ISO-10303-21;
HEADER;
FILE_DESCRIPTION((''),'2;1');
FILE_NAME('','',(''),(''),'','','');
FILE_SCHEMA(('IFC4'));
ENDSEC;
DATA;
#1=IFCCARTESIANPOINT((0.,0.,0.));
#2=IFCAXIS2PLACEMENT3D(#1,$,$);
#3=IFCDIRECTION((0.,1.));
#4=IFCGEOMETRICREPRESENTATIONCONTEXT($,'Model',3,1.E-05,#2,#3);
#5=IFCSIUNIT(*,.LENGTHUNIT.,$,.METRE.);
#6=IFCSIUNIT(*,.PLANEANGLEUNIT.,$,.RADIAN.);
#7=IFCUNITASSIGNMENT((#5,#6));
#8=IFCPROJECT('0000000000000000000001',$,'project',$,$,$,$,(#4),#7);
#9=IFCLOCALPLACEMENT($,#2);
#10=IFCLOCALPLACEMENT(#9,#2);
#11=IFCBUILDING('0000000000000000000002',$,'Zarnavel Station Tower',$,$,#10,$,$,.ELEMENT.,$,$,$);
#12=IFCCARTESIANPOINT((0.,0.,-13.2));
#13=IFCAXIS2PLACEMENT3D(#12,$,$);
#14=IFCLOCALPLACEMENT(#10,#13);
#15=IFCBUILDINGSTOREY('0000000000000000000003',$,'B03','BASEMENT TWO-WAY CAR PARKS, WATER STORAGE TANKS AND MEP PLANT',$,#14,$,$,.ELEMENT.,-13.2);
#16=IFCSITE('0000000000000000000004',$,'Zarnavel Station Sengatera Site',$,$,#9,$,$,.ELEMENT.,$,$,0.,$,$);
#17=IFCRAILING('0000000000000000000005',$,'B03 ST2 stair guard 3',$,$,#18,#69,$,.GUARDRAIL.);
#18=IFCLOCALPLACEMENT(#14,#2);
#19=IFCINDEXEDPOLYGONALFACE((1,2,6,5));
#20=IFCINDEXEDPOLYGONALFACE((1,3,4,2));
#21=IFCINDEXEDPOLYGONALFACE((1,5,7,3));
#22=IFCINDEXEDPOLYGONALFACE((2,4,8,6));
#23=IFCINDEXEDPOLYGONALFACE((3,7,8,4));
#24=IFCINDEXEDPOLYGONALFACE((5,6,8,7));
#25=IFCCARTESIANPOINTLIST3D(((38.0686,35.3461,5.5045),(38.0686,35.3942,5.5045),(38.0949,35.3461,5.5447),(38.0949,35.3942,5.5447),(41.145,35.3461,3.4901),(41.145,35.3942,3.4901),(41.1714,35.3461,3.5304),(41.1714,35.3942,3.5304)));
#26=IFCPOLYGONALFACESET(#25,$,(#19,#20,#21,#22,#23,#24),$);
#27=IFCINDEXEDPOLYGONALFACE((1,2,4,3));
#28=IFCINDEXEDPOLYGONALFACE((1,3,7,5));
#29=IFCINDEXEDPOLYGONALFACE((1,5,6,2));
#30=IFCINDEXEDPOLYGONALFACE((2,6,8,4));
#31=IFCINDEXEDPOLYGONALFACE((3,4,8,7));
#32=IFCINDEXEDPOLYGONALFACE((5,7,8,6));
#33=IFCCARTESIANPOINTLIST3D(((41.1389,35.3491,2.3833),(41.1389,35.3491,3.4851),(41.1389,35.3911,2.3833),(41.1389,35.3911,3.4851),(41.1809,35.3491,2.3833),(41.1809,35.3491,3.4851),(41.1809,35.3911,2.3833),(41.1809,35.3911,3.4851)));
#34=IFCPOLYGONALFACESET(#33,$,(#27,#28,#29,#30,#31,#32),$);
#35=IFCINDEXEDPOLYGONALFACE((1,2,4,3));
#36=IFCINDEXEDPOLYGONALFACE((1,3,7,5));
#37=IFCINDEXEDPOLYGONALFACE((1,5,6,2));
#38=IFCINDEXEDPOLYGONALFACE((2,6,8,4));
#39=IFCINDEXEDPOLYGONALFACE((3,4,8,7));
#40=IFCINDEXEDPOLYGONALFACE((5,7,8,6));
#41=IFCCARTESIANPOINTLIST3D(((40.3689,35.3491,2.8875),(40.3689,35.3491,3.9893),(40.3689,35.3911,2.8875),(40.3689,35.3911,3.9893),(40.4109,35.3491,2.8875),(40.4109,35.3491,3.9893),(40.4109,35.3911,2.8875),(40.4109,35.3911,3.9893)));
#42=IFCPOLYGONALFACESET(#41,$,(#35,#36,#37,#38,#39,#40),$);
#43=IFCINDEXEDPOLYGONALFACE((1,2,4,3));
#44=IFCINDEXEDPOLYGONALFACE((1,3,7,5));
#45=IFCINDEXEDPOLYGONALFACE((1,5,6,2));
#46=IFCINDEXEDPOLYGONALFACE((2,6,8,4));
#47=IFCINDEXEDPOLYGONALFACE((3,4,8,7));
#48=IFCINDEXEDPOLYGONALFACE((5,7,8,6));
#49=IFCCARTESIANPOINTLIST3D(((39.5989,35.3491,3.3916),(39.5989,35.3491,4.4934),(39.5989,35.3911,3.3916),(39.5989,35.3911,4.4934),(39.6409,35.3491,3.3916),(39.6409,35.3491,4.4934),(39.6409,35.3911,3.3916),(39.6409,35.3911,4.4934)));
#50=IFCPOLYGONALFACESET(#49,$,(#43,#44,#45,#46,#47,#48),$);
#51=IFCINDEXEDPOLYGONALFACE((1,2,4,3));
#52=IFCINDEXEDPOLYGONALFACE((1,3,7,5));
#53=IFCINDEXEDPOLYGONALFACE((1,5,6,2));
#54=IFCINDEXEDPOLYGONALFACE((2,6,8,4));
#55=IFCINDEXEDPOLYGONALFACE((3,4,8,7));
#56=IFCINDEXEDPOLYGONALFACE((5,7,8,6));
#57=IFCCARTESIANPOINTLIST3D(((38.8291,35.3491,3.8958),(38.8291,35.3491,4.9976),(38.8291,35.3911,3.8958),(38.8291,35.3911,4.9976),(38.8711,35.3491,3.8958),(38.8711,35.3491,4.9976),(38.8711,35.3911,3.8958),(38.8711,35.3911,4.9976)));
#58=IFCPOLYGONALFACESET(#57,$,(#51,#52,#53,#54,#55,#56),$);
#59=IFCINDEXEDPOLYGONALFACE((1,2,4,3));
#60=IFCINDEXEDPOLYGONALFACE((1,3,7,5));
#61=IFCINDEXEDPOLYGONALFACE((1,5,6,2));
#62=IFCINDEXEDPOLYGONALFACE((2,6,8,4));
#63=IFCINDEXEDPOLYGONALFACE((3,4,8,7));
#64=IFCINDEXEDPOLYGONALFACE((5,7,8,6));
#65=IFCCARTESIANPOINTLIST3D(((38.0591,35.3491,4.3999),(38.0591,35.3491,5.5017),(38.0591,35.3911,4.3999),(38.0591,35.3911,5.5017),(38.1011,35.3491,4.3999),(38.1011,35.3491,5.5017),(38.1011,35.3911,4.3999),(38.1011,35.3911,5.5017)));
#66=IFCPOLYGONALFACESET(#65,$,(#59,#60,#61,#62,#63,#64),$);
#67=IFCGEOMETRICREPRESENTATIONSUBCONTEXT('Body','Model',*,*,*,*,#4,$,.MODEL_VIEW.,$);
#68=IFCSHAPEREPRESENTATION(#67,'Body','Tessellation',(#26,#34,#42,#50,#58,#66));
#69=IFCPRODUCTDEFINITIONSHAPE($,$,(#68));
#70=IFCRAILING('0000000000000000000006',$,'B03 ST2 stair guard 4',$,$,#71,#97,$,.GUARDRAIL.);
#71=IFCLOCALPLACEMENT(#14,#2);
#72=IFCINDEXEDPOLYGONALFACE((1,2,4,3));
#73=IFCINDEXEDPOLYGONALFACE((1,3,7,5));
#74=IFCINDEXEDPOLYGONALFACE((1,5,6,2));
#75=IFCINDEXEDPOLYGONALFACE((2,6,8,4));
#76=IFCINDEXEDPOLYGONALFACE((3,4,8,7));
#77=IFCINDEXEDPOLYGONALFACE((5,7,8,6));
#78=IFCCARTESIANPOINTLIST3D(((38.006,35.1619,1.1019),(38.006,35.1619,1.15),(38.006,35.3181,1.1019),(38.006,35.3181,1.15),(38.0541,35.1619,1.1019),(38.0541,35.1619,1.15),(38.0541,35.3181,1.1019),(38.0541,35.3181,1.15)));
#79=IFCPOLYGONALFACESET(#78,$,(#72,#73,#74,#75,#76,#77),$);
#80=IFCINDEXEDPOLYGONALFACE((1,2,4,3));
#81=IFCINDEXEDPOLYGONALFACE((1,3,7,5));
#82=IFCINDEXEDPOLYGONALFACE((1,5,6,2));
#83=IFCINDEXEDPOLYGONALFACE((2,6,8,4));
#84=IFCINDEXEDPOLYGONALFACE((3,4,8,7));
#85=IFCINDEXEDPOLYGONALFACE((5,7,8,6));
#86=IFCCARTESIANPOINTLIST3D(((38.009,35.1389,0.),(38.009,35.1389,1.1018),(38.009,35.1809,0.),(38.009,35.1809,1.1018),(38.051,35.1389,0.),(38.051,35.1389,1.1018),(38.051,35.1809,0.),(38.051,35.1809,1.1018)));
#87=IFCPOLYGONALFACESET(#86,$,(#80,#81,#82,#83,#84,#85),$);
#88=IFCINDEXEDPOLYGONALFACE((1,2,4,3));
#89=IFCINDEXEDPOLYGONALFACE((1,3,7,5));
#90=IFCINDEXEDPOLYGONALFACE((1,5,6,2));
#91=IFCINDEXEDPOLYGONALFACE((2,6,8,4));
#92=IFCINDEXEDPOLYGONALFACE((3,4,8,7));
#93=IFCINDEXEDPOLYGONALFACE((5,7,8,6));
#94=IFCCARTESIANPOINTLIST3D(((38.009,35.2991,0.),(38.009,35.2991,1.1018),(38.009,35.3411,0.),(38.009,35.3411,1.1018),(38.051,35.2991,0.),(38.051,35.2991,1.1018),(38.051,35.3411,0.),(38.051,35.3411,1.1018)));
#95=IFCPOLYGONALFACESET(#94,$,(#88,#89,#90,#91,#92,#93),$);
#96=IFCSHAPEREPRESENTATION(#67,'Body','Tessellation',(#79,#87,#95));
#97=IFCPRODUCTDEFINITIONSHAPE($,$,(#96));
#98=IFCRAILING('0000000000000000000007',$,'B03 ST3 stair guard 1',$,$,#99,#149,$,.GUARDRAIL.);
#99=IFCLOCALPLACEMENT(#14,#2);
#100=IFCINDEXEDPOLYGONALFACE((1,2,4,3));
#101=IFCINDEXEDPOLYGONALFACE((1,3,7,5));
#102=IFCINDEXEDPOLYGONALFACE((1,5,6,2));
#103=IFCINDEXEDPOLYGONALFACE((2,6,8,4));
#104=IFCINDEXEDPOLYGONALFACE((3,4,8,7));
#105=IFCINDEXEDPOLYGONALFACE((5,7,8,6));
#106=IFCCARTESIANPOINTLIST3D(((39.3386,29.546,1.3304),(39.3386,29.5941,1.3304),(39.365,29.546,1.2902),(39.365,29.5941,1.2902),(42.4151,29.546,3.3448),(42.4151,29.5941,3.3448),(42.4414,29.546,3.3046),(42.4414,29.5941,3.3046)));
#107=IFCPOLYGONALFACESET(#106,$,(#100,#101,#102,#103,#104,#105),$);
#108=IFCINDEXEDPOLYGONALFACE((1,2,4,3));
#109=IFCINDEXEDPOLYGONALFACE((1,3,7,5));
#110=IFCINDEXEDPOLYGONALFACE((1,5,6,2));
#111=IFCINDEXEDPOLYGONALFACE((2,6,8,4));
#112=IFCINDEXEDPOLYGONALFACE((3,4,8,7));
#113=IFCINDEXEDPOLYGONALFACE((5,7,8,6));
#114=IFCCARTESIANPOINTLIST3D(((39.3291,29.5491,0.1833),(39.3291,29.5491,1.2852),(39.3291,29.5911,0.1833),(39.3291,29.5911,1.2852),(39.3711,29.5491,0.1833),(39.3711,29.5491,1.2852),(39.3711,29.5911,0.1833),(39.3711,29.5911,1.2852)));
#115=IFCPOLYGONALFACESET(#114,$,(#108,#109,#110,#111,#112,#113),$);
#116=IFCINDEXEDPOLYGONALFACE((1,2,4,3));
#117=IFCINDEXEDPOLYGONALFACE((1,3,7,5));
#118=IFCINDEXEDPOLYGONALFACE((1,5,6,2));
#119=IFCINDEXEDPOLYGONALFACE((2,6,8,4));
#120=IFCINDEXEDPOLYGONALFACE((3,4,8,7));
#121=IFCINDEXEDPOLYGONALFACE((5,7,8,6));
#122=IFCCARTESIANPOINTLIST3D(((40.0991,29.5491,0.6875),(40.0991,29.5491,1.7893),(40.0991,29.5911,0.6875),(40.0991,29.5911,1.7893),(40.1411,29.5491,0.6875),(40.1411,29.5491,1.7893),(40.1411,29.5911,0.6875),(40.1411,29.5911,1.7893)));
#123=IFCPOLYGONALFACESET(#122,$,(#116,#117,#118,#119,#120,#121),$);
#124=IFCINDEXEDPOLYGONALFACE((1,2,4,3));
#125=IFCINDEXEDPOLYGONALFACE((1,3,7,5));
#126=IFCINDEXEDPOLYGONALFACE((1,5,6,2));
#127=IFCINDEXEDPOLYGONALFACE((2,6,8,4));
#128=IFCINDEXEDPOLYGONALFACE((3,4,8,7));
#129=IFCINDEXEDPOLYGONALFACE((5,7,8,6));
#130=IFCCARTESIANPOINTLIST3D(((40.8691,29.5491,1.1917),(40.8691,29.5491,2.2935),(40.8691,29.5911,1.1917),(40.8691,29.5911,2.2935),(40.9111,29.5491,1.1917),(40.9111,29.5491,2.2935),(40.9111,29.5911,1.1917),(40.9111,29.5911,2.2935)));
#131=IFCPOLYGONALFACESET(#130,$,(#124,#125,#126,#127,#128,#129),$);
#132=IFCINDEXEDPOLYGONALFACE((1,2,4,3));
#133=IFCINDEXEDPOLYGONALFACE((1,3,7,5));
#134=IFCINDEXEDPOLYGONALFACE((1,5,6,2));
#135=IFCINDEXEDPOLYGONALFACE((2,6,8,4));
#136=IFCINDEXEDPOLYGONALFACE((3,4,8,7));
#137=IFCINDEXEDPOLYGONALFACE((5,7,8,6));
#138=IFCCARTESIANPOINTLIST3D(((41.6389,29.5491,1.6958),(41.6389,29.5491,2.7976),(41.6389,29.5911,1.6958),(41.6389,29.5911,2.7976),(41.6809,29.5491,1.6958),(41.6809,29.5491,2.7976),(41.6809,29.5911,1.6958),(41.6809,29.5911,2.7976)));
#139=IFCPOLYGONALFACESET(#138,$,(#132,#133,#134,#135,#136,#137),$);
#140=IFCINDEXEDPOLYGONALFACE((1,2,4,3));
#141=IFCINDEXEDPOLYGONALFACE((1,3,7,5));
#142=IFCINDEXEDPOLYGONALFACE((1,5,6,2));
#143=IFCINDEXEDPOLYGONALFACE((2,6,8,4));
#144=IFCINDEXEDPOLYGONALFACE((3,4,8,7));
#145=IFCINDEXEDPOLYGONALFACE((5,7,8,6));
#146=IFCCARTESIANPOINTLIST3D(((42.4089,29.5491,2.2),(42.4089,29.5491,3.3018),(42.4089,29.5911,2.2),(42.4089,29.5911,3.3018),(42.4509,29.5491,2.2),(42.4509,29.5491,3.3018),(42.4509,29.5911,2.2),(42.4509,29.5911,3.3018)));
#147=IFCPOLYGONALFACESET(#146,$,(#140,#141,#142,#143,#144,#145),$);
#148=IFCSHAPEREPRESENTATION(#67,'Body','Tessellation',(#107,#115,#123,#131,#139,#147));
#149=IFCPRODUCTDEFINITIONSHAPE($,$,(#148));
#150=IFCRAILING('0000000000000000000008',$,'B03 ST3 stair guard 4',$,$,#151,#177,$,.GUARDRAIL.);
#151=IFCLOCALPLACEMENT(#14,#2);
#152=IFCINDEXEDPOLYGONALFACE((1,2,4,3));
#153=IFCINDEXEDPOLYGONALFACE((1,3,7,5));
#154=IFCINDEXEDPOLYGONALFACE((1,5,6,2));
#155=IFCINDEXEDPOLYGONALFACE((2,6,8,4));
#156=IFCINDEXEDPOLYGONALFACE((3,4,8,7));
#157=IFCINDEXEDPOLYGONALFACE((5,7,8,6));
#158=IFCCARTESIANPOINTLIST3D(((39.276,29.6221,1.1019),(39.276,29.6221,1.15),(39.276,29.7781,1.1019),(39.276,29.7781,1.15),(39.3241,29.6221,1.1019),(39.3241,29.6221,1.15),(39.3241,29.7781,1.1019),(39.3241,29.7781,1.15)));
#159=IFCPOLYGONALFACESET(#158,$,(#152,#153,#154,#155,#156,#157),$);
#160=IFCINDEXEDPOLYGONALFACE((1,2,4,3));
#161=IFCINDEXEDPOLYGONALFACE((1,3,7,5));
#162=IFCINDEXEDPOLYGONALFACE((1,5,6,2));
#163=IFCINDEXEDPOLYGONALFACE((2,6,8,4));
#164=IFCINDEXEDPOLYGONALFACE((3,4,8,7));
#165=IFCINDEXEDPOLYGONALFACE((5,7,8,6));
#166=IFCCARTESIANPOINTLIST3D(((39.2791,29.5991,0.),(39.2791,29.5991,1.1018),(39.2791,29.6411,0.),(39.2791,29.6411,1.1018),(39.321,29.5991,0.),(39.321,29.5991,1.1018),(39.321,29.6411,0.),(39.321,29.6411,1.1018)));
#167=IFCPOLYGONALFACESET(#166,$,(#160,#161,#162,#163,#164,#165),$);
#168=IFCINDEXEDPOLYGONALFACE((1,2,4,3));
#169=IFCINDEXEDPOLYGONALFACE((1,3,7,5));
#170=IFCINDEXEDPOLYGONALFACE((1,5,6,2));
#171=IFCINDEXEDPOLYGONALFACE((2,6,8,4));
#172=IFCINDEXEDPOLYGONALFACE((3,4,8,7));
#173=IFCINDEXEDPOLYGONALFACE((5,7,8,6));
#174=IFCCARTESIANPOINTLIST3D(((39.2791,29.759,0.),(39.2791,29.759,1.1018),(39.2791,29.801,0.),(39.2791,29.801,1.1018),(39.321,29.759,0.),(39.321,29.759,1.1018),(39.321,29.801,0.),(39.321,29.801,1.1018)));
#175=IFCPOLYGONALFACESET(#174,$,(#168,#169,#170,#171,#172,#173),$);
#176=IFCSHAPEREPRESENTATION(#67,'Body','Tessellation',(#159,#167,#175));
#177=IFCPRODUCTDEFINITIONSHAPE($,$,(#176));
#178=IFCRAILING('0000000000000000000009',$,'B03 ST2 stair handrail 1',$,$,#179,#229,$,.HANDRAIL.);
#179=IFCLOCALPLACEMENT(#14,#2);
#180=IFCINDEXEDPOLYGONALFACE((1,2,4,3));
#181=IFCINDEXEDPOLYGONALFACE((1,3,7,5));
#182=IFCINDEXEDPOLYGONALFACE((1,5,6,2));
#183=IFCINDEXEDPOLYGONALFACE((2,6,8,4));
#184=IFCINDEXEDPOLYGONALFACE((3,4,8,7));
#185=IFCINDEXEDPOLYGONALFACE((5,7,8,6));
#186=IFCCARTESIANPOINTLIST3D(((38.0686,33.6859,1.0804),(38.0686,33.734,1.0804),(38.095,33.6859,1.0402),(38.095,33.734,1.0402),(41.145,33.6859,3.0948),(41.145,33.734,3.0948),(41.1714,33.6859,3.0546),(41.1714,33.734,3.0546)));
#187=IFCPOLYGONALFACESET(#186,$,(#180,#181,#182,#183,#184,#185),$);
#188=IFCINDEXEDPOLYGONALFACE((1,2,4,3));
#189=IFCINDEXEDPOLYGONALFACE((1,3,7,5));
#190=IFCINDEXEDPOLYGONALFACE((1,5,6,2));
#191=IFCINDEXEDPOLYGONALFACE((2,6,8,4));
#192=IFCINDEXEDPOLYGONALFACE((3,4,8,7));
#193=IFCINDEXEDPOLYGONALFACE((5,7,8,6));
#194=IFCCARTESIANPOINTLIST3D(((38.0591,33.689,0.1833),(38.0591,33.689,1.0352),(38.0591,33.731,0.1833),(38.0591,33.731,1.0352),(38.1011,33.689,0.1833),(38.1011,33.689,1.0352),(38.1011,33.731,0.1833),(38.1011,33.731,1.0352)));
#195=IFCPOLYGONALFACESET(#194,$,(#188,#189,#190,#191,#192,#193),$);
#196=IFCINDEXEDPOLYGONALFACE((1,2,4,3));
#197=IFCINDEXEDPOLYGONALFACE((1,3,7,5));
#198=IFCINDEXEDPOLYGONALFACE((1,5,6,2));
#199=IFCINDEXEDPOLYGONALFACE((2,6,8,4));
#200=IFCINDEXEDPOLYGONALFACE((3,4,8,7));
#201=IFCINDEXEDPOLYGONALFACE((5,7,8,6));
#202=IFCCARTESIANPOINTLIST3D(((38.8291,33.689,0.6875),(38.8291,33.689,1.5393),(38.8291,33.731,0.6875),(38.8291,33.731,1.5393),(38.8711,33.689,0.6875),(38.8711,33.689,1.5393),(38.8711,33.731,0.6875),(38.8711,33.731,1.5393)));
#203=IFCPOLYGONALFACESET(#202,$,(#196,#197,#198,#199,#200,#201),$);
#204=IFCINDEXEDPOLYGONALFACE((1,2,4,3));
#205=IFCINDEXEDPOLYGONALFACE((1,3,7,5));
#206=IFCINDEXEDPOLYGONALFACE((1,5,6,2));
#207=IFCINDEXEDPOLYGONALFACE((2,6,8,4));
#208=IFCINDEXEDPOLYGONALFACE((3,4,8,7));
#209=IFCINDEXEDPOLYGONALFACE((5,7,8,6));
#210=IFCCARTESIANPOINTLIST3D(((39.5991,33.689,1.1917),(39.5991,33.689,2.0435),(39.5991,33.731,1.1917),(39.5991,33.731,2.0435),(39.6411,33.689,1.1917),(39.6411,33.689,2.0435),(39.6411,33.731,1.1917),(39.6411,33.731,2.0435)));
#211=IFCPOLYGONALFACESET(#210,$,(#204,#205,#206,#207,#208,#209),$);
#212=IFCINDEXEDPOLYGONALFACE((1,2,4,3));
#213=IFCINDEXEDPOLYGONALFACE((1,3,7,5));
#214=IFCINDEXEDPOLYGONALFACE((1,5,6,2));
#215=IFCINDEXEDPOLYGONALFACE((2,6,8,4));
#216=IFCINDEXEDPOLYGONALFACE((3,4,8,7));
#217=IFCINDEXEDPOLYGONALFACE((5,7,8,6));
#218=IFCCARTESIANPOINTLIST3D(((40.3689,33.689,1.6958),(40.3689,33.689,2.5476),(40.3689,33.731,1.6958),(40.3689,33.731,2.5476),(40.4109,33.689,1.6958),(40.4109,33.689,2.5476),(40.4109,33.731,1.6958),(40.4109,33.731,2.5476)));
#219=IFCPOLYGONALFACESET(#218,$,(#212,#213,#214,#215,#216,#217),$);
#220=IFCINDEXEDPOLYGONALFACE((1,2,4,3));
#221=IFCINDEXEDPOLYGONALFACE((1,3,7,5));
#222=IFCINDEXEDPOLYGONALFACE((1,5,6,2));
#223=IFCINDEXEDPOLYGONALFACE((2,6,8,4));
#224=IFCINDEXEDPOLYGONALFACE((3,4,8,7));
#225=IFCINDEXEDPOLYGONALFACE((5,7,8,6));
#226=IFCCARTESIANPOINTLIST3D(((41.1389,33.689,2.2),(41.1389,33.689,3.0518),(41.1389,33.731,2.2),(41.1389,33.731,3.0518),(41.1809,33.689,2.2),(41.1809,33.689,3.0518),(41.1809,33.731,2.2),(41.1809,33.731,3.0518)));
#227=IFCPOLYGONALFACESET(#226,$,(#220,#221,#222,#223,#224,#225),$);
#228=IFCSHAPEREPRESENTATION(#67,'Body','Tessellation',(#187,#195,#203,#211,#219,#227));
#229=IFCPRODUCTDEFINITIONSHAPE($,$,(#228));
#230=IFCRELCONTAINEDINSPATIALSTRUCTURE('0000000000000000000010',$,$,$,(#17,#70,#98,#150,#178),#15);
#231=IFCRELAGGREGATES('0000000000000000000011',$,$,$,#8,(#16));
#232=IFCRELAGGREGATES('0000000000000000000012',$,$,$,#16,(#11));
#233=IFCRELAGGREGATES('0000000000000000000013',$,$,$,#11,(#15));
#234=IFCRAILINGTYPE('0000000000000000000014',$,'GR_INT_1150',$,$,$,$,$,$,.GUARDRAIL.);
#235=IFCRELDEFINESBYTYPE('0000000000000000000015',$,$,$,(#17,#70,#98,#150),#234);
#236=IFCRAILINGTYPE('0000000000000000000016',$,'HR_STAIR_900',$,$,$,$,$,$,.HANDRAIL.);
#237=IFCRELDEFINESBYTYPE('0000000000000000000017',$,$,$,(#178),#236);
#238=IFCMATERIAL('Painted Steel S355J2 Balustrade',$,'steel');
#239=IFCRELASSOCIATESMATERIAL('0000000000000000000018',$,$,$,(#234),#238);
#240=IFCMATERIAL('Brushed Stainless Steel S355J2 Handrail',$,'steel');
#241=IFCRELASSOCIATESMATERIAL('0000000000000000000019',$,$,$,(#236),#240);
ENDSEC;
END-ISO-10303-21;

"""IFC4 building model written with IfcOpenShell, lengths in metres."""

from ifc_helpers import new_model, si_unit, direction, frame, origin, origin_2d, place, context, subcontext, project, spatial, rectangle, extrude, material, type_object, element, save


model = new_model("IFC4")

# Units and contexts
model_context = context("Model", 3, precision=1e-05, world=origin(), true_north=direction((0.0, 1.0)))
body_context = subcontext(model_context, "Body", "Model", "MODEL_VIEW")
ifc_project = project(units=[si_unit("LENGTHUNIT", "METRE"), si_unit("PLANEANGLEUNIT", "RADIAN")], contexts=[model_context])

# Site, building, storey
site_placement = place(None, origin())
site = spatial("IfcSite", under=ifc_project, at=site_placement, Name="Zarnavel Station Sengatera Site", CompositionType="ELEMENT", RefElevation=0.0)
building_placement = place(site_placement, origin())
building = spatial("IfcBuilding", under=site, at=building_placement, Name="Zarnavel Station Tower", CompositionType="ELEMENT")
storey_placement = place(building_placement, frame((0.0, 0.0, -13.2)))
storey = spatial("IfcBuildingStorey", under=building, at=storey_placement, Name="B03", Description="BASEMENT TWO-WAY CAR PARKS, WATER STORAGE TANKS AND MEP PLANT", CompositionType="ELEMENT", Elevation=-13.2)

# Railings
ifc_material_1 = material(Name="Painted Steel S355J2 Balustrade", Category="steel")
railing_type_1 = type_object("IfcRailingType", Name="GR_INT_1150", PredefinedType="GUARDRAIL", material=ifc_material_1)
railing_1_placement = place(storey_placement, frame((41.1599, 35.3701, 2.3833)))
element("IfcRailing", 1, at=railing_1_placement, inside=storey, type_object=railing_type_1, Name="B03 ST2 stair guard 3", PredefinedType="GUARDRAIL", context=body_context, shape_type="SweptSolid", body=[
    extrude(rectangle(XDim=0.0481, YDim=0.0481, at=origin_2d()), frame((-0.0017, 0.0, 1.127), z_axis=(-0.836613, 0.0, 0.547794), x_axis=(0.0, -1.0, 0.0)), (0.0, 0.0, 1.0), 3.6772),
    extrude(rectangle(XDim=0.042, YDim=0.042, at=origin_2d()), origin(), (0.0, 0.0, 1.0), 1.1018),
    extrude(rectangle(XDim=0.042, YDim=0.042, at=origin_2d()), frame((-0.77, 0.0, 0.5042)), (0.0, 0.0, 1.0), 1.1018),
    extrude(rectangle(XDim=0.042, YDim=0.042, at=origin_2d()), frame((-1.54, 0.0, 1.0083)), (0.0, 0.0, 1.0), 1.1018),
    extrude(rectangle(XDim=0.042, YDim=0.042, at=origin_2d()), frame((-2.3098, 0.0, 1.5125)), (0.0, 0.0, 1.0), 1.1018),
    extrude(rectangle(XDim=0.042, YDim=0.042, at=origin_2d()), frame((-3.0798, 0.0, 2.0166)), (0.0, 0.0, 1.0), 1.1018),
])
railing_2_placement = place(storey_placement, frame((38.03, 35.1599, 0.0)))
element("IfcRailing", 2, at=railing_2_placement, inside=storey, type_object=railing_type_1, Name="B03 ST2 stair guard 4", PredefinedType="GUARDRAIL", context=body_context, shape_type="SweptSolid", body=[
    extrude(rectangle(XDim=0.0481, YDim=0.0481, at=origin_2d()), frame((0.0, 0.002, 1.126), z_axis=(0.0, 1.0, 0.0), x_axis=(-1.0, 0.0, 0.0)), (0.0, 0.0, 1.0), 0.1562),
    extrude(rectangle(XDim=0.042, YDim=0.042, at=origin_2d()), origin(), (0.0, 0.0, 1.0), 1.1018),
    extrude(rectangle(XDim=0.042, YDim=0.042, at=origin_2d()), frame((0.0, 0.1602, 0.0)), (0.0, 0.0, 1.0), 1.1018),
])
railing_3_placement = place(storey_placement, frame((39.3501, 29.5701, 0.1833)))
element("IfcRailing", 3, at=railing_3_placement, inside=storey, type_object=railing_type_1, Name="B03 ST3 stair guard 1", PredefinedType="GUARDRAIL", context=body_context, shape_type="SweptSolid", body=[
    extrude(rectangle(XDim=0.0481, YDim=0.0481, at=origin_2d()), frame((0.0017, 0.0, 1.127), z_axis=(0.836613, 0.0, 0.547794), x_axis=(0.0, 1.0, 0.0)), (0.0, 0.0, 1.0), 3.6772),
    extrude(rectangle(XDim=0.042, YDim=0.042, at=origin_2d()), origin(), (0.0, 0.0, 1.0), 1.1018),
    extrude(rectangle(XDim=0.042, YDim=0.042, at=origin_2d()), frame((0.77, 0.0, 0.5042)), (0.0, 0.0, 1.0), 1.1018),
    extrude(rectangle(XDim=0.042, YDim=0.042, at=origin_2d()), frame((1.54, 0.0, 1.0083)), (0.0, 0.0, 1.0), 1.1018),
    extrude(rectangle(XDim=0.042, YDim=0.042, at=origin_2d()), frame((2.3098, 0.0, 1.5125)), (0.0, 0.0, 1.0), 1.1018),
    extrude(rectangle(XDim=0.042, YDim=0.042, at=origin_2d()), frame((3.0798, 0.0, 2.0166)), (0.0, 0.0, 1.0), 1.1018),
])
railing_4_placement = place(storey_placement, frame((39.3, 29.6201, 0.0)))
element("IfcRailing", 4, at=railing_4_placement, inside=storey, type_object=railing_type_1, Name="B03 ST3 stair guard 4", PredefinedType="GUARDRAIL", context=body_context, shape_type="SweptSolid", body=[
    extrude(rectangle(XDim=0.0481, YDim=0.0481, at=origin_2d()), frame((0.0, 0.002, 1.126), z_axis=(0.0, 1.0, 0.0), x_axis=(-1.0, 0.0, 0.0)), (0.0, 0.0, 1.0), 0.156),
    extrude(rectangle(XDim=0.042, YDim=0.042, at=origin_2d()), origin(), (0.0, 0.0, 1.0), 1.1018),
    extrude(rectangle(XDim=0.042, YDim=0.042, at=origin_2d()), frame((0.0, 0.1599, 0.0)), (0.0, 0.0, 1.0), 1.1018),
])
ifc_material_2 = material(Name="Brushed Stainless Steel S355J2 Handrail", Category="steel")
railing_type_2 = type_object("IfcRailingType", Name="HR_STAIR_900", PredefinedType="HANDRAIL", material=ifc_material_2)
for number, where, name in (
    (5, (38.0801, 33.71, 0.1833), "B03 ST2 stair handrail 1"),
):
    element("IfcRailing", number, at=place(storey_placement, frame(where)), inside=storey, type_object=railing_type_2, Name=name, PredefinedType="HANDRAIL", context=body_context, shape_type="SweptSolid", body=[
        extrude(rectangle(XDim=0.0481, YDim=0.0481, at=origin_2d()), frame((0.0017, 0.0, 0.877), z_axis=(0.836613, 0.0, 0.547794), x_axis=(0.0, 1.0, 0.0)), (0.0, 0.0, 1.0), 3.6772),
        extrude(rectangle(XDim=0.042, YDim=0.042, at=origin_2d()), origin(), (0.0, 0.0, 1.0), 0.8518),
        extrude(rectangle(XDim=0.042, YDim=0.042, at=origin_2d()), frame((0.77, 0.0, 0.5042)), (0.0, 0.0, 1.0), 0.8518),
        extrude(rectangle(XDim=0.042, YDim=0.042, at=origin_2d()), frame((1.54, 0.0, 1.0083)), (0.0, 0.0, 1.0), 0.8518),
        extrude(rectangle(XDim=0.042, YDim=0.042, at=origin_2d()), frame((2.3098, 0.0, 1.5125)), (0.0, 0.0, 1.0), 0.8518),
        extrude(rectangle(XDim=0.042, YDim=0.042, at=origin_2d()), frame((3.0798, 0.0, 2.0166)), (0.0, 0.0, 1.0), 0.8518),
    ])

save(model, "model.ifc")
